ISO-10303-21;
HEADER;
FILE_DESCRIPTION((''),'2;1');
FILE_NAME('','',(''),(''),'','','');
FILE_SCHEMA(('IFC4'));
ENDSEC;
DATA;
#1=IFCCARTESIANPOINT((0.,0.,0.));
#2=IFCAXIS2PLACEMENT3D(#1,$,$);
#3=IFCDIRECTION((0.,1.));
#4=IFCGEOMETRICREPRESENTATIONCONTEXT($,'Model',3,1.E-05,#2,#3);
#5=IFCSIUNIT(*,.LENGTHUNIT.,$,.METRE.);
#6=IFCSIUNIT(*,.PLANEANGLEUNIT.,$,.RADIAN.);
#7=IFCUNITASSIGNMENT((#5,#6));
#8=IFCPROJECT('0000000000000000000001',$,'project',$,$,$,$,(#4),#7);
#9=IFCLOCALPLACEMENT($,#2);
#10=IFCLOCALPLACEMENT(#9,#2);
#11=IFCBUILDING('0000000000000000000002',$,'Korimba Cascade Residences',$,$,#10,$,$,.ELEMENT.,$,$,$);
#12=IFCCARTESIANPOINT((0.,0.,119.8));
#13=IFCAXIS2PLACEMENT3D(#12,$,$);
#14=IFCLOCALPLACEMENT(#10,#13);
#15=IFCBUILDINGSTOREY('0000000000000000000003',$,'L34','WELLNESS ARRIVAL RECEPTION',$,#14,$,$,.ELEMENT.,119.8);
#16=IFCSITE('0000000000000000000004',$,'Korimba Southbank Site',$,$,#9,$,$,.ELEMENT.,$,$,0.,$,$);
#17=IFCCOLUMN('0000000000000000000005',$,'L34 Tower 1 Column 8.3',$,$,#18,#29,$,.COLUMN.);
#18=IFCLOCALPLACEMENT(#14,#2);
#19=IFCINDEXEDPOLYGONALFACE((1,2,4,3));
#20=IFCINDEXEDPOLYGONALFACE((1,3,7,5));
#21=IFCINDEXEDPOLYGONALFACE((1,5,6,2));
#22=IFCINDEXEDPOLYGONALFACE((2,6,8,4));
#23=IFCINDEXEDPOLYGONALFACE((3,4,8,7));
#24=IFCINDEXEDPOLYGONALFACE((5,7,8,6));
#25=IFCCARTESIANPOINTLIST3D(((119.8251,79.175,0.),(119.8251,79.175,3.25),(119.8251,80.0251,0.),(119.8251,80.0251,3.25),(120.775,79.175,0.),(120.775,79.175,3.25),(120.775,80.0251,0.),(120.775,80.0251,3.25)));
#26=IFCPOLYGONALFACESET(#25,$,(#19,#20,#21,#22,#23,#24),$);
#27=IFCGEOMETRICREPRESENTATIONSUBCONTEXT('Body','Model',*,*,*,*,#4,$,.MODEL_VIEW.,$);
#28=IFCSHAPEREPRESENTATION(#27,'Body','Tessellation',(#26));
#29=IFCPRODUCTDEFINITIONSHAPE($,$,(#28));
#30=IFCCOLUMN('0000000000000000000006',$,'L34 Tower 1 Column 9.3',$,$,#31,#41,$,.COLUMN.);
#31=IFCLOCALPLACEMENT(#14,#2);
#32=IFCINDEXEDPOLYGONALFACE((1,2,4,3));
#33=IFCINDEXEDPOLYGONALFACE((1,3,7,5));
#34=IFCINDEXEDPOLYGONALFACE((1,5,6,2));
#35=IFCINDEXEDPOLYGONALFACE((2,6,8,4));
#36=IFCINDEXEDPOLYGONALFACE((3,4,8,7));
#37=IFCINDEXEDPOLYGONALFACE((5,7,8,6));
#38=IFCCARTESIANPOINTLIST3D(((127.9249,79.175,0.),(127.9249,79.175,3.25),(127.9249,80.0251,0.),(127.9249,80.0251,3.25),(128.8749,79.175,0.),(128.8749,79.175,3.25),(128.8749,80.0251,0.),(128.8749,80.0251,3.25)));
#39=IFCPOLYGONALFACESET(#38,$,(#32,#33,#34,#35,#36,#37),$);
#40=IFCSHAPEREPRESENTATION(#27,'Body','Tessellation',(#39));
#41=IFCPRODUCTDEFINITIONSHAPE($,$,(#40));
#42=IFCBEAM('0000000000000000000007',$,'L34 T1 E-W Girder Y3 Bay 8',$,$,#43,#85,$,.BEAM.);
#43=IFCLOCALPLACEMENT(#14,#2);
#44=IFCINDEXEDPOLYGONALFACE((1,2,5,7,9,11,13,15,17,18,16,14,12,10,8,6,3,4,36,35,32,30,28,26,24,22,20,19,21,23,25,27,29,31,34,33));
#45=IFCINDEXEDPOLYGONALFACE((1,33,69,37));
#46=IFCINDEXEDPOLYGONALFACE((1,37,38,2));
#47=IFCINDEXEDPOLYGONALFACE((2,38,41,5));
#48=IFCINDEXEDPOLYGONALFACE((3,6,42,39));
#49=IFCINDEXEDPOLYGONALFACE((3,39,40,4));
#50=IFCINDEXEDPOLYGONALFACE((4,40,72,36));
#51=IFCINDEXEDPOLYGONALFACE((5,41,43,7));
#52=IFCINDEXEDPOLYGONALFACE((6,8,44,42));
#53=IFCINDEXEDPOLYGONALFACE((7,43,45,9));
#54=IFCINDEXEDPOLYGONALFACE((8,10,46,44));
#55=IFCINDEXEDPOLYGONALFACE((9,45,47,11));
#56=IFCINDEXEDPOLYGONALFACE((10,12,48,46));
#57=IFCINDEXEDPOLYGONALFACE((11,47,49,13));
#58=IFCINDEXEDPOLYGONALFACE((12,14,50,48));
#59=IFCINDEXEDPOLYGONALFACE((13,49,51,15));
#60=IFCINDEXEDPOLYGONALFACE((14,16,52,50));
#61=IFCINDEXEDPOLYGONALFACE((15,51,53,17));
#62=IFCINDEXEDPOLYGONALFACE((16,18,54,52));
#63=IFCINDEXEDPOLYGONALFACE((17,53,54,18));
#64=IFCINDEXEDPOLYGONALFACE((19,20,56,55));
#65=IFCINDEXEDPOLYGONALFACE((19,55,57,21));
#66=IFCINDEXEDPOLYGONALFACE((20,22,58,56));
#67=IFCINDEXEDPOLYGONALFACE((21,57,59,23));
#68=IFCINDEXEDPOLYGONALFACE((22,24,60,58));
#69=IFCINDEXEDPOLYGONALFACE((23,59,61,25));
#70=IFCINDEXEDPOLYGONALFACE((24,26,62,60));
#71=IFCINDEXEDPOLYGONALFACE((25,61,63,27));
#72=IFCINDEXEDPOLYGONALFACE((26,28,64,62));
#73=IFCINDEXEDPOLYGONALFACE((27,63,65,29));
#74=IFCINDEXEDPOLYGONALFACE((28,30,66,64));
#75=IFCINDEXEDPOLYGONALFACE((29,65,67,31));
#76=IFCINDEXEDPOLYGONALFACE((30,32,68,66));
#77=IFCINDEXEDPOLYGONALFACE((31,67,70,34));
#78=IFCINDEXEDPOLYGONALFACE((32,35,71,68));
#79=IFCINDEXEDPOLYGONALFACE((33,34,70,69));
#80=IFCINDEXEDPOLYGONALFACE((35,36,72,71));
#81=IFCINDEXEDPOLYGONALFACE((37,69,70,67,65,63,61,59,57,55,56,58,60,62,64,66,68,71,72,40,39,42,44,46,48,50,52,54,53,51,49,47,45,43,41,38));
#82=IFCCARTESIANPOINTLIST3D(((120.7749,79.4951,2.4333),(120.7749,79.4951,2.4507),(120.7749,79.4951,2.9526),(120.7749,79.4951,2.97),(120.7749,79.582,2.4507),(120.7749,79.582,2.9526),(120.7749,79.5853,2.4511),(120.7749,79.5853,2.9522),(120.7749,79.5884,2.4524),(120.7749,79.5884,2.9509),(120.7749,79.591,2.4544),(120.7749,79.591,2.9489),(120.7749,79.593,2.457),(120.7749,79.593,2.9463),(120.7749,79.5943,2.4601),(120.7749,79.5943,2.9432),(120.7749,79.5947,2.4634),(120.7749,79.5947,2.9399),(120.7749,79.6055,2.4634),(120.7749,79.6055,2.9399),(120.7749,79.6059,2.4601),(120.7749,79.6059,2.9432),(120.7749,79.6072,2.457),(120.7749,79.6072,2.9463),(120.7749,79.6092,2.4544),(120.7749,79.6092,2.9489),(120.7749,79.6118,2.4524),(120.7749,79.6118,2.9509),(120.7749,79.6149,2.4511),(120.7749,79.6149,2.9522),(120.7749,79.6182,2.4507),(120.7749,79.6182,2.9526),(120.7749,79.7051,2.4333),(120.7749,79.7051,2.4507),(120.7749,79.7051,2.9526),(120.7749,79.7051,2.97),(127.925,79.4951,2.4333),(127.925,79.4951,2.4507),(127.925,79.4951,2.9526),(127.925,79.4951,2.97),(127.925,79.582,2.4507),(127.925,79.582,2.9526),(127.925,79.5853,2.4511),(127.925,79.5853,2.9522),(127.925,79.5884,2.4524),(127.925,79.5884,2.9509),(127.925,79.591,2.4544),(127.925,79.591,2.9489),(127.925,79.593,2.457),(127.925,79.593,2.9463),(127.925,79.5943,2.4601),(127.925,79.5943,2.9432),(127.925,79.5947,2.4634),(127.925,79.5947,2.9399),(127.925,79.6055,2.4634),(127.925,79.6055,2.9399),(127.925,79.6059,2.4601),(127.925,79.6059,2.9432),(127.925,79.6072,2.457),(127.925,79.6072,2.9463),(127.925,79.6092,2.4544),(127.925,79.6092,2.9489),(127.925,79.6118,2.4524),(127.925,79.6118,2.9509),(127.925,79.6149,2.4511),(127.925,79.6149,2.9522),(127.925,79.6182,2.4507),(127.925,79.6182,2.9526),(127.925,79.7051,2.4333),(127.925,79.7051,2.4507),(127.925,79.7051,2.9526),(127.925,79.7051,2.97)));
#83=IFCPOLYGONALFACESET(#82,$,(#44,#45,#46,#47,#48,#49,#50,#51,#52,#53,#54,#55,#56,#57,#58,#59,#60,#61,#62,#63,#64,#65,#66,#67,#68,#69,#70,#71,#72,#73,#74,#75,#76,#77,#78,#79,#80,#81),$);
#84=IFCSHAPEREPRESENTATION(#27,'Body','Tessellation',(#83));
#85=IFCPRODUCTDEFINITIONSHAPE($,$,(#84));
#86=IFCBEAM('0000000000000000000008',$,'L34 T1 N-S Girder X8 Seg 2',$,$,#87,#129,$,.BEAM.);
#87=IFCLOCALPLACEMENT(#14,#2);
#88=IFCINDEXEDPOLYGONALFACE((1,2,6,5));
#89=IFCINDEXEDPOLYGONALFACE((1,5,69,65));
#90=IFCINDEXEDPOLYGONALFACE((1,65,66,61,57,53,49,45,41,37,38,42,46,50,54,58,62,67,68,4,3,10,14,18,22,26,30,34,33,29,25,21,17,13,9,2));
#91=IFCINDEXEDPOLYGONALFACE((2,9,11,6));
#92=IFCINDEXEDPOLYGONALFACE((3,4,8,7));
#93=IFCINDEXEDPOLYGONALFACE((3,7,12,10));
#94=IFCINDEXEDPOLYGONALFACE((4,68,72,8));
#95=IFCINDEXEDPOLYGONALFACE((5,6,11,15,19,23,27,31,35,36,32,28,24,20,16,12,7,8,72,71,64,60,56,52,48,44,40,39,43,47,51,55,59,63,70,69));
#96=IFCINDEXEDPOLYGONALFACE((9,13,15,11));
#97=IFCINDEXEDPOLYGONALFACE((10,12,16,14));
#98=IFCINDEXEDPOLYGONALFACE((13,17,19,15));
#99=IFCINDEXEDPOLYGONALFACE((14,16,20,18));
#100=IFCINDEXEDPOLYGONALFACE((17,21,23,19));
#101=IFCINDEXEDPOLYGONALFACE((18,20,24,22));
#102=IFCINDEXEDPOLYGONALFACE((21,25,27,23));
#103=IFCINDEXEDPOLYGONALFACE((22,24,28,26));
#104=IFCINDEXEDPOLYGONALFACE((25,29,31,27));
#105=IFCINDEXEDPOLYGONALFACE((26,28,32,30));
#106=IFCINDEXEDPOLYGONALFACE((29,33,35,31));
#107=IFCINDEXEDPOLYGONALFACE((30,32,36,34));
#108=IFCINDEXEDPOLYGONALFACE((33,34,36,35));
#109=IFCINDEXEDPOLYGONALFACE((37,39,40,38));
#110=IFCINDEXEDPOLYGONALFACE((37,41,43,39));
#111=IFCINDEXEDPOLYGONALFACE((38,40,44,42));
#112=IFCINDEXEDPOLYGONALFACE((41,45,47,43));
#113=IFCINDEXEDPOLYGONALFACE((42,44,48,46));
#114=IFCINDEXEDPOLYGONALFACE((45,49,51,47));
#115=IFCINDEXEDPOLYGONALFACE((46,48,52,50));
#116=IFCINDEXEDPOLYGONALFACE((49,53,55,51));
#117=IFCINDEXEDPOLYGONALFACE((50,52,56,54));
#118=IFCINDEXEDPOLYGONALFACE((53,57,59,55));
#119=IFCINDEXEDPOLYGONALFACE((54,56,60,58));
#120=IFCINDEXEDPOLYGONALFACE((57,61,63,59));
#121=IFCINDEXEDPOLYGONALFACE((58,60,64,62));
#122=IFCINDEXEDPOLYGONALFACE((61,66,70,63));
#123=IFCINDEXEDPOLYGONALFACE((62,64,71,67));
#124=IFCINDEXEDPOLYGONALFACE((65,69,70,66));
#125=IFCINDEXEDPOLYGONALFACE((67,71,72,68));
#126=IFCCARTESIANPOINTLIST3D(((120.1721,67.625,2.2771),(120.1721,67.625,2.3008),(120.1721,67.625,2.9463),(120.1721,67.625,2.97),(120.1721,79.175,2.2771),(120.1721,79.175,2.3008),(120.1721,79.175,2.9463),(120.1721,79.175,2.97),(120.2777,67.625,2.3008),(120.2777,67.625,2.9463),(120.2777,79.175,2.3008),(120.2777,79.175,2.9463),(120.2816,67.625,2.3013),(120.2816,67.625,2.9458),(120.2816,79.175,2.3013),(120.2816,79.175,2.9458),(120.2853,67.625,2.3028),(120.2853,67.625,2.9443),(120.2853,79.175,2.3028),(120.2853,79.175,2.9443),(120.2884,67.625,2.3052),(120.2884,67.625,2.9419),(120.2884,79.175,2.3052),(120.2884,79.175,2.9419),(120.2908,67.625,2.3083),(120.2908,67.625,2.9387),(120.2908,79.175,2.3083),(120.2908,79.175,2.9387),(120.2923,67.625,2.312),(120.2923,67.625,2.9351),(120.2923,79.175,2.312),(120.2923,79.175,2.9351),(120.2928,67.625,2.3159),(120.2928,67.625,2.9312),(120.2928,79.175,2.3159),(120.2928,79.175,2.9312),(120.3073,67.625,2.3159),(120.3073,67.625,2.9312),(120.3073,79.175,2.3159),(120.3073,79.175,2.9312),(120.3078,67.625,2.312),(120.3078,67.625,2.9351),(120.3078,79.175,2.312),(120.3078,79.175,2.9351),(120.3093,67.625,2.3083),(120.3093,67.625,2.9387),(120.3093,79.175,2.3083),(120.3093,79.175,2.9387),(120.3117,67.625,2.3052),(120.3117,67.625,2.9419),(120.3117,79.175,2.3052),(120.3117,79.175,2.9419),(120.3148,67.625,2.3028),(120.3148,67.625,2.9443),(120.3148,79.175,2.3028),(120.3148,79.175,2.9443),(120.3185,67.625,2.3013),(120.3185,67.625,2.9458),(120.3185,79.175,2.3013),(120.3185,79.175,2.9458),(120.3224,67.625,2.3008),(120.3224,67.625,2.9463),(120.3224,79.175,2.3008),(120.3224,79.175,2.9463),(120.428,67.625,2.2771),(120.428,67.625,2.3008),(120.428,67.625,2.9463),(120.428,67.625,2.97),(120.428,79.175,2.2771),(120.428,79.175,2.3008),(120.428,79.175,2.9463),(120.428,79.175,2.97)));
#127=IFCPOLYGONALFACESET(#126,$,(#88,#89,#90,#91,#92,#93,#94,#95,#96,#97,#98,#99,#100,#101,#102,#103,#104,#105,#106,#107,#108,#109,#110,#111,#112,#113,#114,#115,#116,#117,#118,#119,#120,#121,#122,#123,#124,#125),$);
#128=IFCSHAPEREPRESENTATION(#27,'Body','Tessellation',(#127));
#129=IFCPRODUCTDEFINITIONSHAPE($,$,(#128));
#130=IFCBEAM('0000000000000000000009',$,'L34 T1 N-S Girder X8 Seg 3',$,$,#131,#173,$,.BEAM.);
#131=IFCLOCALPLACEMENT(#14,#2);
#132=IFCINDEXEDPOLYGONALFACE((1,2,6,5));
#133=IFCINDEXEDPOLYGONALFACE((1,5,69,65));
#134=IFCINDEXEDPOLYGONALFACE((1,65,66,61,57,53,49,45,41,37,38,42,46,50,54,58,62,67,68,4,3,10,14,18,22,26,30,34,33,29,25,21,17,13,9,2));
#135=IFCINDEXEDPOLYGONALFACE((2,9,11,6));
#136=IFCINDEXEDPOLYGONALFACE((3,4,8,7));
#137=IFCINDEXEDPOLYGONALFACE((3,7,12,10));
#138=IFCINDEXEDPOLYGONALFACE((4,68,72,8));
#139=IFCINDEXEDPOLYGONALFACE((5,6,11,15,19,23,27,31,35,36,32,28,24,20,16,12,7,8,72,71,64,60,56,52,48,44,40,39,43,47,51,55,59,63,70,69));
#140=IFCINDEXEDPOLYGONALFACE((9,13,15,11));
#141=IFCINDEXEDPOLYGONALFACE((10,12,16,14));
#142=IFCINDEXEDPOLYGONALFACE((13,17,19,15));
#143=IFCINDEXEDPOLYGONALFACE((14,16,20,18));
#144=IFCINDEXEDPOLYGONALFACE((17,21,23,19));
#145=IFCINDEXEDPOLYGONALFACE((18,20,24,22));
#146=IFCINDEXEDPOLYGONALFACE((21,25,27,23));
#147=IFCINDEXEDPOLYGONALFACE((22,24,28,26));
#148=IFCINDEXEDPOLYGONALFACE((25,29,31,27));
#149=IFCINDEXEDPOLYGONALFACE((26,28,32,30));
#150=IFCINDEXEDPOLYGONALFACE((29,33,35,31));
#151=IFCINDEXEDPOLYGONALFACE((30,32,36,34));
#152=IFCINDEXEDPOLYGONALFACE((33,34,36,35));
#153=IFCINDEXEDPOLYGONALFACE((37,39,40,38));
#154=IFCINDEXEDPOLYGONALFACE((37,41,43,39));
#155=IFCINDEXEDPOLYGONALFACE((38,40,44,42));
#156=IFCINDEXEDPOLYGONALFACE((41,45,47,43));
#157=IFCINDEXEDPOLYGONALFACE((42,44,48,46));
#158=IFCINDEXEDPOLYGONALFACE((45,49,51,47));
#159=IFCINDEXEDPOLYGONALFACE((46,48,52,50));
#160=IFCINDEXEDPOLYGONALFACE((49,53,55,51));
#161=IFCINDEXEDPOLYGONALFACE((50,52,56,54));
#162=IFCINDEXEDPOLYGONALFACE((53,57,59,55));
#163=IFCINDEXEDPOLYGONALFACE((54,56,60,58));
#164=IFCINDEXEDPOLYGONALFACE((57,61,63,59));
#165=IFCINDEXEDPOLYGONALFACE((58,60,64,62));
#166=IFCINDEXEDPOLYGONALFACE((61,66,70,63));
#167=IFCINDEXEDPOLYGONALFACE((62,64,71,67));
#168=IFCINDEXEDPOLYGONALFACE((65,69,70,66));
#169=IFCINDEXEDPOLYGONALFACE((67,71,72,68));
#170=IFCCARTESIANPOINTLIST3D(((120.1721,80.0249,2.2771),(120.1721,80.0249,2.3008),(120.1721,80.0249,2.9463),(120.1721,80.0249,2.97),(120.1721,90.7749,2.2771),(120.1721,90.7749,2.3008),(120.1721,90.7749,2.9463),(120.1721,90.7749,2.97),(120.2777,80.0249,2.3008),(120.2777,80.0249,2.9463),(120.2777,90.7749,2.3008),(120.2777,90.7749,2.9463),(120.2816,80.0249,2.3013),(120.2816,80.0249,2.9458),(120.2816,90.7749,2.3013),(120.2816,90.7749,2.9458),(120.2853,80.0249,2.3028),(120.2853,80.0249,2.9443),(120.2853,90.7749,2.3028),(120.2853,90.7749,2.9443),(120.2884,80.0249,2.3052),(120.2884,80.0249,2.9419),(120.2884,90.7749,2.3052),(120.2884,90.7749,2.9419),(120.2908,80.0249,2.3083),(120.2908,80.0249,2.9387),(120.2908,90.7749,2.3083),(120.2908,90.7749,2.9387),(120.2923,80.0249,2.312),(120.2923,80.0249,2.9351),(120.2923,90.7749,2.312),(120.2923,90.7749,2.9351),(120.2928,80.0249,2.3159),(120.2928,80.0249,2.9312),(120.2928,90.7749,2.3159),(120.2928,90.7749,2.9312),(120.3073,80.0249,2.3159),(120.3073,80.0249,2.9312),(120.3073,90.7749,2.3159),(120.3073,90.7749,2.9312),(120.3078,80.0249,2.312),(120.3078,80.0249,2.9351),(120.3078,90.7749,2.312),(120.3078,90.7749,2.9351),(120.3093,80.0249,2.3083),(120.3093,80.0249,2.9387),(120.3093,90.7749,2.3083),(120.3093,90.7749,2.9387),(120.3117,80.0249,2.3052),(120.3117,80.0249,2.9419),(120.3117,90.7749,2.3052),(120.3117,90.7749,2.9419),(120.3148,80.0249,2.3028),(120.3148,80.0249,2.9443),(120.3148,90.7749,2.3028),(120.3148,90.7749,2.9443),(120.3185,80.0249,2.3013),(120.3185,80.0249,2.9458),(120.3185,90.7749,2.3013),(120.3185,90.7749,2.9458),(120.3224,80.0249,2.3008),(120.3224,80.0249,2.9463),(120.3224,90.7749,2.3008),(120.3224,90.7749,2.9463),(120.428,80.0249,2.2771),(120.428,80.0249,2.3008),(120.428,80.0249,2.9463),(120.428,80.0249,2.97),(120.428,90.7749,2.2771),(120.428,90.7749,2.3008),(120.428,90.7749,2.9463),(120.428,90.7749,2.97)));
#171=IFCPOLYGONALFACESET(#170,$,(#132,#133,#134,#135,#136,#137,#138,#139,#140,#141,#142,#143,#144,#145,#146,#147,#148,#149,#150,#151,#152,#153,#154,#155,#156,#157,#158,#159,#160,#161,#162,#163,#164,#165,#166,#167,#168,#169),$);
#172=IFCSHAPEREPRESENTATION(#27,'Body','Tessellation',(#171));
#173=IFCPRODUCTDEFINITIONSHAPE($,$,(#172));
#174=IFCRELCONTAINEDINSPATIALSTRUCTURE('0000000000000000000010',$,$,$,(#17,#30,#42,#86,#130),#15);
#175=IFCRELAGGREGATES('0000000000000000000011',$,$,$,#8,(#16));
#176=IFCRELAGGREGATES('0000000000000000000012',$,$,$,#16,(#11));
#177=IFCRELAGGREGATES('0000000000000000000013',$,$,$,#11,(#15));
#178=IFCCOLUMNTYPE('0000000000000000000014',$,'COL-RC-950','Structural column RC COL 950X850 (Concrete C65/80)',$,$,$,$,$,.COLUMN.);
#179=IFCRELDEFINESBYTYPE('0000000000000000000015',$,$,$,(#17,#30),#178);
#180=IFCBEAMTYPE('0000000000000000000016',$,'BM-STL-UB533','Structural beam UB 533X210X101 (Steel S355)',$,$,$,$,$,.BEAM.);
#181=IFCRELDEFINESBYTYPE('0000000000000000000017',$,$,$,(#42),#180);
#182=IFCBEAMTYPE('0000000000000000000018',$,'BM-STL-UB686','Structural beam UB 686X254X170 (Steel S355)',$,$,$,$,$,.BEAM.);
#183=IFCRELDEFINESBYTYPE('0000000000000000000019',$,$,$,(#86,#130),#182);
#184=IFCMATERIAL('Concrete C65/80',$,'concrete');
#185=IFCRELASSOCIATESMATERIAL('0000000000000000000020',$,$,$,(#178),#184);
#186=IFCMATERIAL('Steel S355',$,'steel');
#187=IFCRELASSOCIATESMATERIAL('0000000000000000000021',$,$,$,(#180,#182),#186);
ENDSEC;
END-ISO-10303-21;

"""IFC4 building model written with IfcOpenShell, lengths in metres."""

from ifc_helpers import new_model, si_unit, direction, frame, origin, origin_2d, place, context, subcontext, project, spatial, rectangle, i_section, extrude, material, material_profile, profile_set, type_object, element, save


model = new_model("IFC4")

# Units and contexts
model_context = context("Model", 3, precision=1e-05, world=origin(), true_north=direction((0.0, 1.0)))
body_context = subcontext(model_context, "Body", "Model", "MODEL_VIEW")
ifc_project = project(units=[si_unit("LENGTHUNIT", "METRE"), si_unit("PLANEANGLEUNIT", "RADIAN")], contexts=[model_context])

# Site, building, storey
site_placement = place(None, origin())
site = spatial("IfcSite", under=ifc_project, at=site_placement, Name="Korimba Southbank Site", CompositionType="ELEMENT", RefElevation=0.0)
building_placement = place(site_placement, origin())
building = spatial("IfcBuilding", under=site, at=building_placement, Name="Korimba Cascade Residences", CompositionType="ELEMENT")
storey_placement = place(building_placement, frame((0.0, 0.0, 119.8)))
storey = spatial("IfcBuildingStorey", under=building, at=storey_placement, Name="L34", Description="WELLNESS ARRIVAL RECEPTION", CompositionType="ELEMENT", Elevation=119.8)

# Columns
ifc_material_1 = material(Name="Concrete C65/80", Category="concrete")
ifc_material_profile_1 = material_profile(ifc_material_1, rectangle(XDim=0.95, YDim=0.8501, at=origin_2d()), Name="Concrete C65/80")
ifc_profile_set_1 = profile_set([ifc_material_profile_1], Name="Concrete C65/80")
column_type = type_object("IfcColumnType", Name="COL-RC-950", Description="Structural column RC COL 950X850 (Concrete C65/80)", PredefinedType="COLUMN", material=ifc_profile_set_1)
for number, where, z_axis, x_axis, name in (
    (1, (120.3, 79.6001, 0.0), (0.0, 0.0, 1.0), (1.0, 0.0, 0.0), "L34 Tower 1 Column 8.3"),
    (2, (128.3999, 79.6001, 0.0), (0.0, 0.0, 1.0), (1.0, 0.0, 0.0), "L34 Tower 1 Column 9.3"),
):
    element("IfcColumn", number, at=place(storey_placement, frame(where, z_axis=z_axis, x_axis=x_axis)), inside=storey, type_object=column_type, Name=name, PredefinedType="COLUMN", context=body_context, shape_type="SweptSolid", body=[
        extrude(rectangle(XDim=0.95, YDim=0.8501, at=origin_2d()), origin(), (0.0, 0.0, 1.0), 3.25),
    ])

# Beams
ifc_material_2 = material(Name="Steel S355", Category="steel")
ifc_material_profile_2 = material_profile(ifc_material_2, i_section(OverallWidth=0.21, OverallDepth=0.5366, WebThickness=0.0107, FlangeThickness=0.0173, FilletRadius=0.0127, at=origin_2d()), Name="Steel S355")
ifc_profile_set_2 = profile_set([ifc_material_profile_2], Name="Steel S355")
beam_type_1 = type_object("IfcBeamType", Name="BM-STL-UB533", Description="Structural beam UB 533X210X101 (Steel S355)", PredefinedType="BEAM", material=ifc_profile_set_2)
beam_1_placement = place(storey_placement, frame((120.7749, 79.6001, 2.7017), z_axis=(1.0, 0.0, 0.0), x_axis=(0.0, 1.0, 0.0)))
element("IfcBeam", 3, at=beam_1_placement, inside=storey, type_object=beam_type_1, Name="L34 T1 E-W Girder Y3 Bay 8", PredefinedType="BEAM", context=body_context, shape_type="SweptSolid", body=[
    extrude(i_section(OverallWidth=0.21, OverallDepth=0.5366, WebThickness=0.0107, FlangeThickness=0.0173, FilletRadius=0.0127, at=origin_2d()), origin(), (0.0, 0.0, 1.0), 7.1501),
])
ifc_material_profile_3 = material_profile(ifc_material_2, i_section(OverallWidth=0.2559, OverallDepth=0.6929, WebThickness=0.0144, FlangeThickness=0.0237, FilletRadius=0.0151, at=origin_2d()), Name="Steel S355")
ifc_profile_set_3 = profile_set([ifc_material_profile_3], Name="Steel S355")
beam_type_2 = type_object("IfcBeamType", Name="BM-STL-UB686", Description="Structural beam UB 686X254X170 (Steel S355)", PredefinedType="BEAM", material=ifc_profile_set_3)
beam_2_placement = place(storey_placement, frame((120.3, 67.625, 2.6235), z_axis=(0.0, 1.0, 0.0), x_axis=(-1.0, 0.0, 0.0)))
element("IfcBeam", 4, at=beam_2_placement, inside=storey, type_object=beam_type_2, Name="L34 T1 N-S Girder X8 Seg 2", PredefinedType="BEAM", context=body_context, shape_type="SweptSolid", body=[
    extrude(i_section(OverallWidth=0.2559, OverallDepth=0.6929, WebThickness=0.0144, FlangeThickness=0.0237, FilletRadius=0.0151, at=origin_2d()), origin(), (0.0, 0.0, 1.0), 11.55),
])
beam_3_placement = place(storey_placement, frame((120.3, 80.0249, 2.6235), z_axis=(0.0, 1.0, 0.0), x_axis=(-1.0, 0.0, 0.0)))
element("IfcBeam", 5, at=beam_3_placement, inside=storey, type_object=beam_type_2, Name="L34 T1 N-S Girder X8 Seg 3", PredefinedType="BEAM", context=body_context, shape_type="SweptSolid", body=[
    extrude(i_section(OverallWidth=0.2559, OverallDepth=0.6929, WebThickness=0.0144, FlangeThickness=0.0237, FilletRadius=0.0151, at=origin_2d()), origin(), (0.0, 0.0, 1.0), 10.75),
])

save(model, "model.ifc")
